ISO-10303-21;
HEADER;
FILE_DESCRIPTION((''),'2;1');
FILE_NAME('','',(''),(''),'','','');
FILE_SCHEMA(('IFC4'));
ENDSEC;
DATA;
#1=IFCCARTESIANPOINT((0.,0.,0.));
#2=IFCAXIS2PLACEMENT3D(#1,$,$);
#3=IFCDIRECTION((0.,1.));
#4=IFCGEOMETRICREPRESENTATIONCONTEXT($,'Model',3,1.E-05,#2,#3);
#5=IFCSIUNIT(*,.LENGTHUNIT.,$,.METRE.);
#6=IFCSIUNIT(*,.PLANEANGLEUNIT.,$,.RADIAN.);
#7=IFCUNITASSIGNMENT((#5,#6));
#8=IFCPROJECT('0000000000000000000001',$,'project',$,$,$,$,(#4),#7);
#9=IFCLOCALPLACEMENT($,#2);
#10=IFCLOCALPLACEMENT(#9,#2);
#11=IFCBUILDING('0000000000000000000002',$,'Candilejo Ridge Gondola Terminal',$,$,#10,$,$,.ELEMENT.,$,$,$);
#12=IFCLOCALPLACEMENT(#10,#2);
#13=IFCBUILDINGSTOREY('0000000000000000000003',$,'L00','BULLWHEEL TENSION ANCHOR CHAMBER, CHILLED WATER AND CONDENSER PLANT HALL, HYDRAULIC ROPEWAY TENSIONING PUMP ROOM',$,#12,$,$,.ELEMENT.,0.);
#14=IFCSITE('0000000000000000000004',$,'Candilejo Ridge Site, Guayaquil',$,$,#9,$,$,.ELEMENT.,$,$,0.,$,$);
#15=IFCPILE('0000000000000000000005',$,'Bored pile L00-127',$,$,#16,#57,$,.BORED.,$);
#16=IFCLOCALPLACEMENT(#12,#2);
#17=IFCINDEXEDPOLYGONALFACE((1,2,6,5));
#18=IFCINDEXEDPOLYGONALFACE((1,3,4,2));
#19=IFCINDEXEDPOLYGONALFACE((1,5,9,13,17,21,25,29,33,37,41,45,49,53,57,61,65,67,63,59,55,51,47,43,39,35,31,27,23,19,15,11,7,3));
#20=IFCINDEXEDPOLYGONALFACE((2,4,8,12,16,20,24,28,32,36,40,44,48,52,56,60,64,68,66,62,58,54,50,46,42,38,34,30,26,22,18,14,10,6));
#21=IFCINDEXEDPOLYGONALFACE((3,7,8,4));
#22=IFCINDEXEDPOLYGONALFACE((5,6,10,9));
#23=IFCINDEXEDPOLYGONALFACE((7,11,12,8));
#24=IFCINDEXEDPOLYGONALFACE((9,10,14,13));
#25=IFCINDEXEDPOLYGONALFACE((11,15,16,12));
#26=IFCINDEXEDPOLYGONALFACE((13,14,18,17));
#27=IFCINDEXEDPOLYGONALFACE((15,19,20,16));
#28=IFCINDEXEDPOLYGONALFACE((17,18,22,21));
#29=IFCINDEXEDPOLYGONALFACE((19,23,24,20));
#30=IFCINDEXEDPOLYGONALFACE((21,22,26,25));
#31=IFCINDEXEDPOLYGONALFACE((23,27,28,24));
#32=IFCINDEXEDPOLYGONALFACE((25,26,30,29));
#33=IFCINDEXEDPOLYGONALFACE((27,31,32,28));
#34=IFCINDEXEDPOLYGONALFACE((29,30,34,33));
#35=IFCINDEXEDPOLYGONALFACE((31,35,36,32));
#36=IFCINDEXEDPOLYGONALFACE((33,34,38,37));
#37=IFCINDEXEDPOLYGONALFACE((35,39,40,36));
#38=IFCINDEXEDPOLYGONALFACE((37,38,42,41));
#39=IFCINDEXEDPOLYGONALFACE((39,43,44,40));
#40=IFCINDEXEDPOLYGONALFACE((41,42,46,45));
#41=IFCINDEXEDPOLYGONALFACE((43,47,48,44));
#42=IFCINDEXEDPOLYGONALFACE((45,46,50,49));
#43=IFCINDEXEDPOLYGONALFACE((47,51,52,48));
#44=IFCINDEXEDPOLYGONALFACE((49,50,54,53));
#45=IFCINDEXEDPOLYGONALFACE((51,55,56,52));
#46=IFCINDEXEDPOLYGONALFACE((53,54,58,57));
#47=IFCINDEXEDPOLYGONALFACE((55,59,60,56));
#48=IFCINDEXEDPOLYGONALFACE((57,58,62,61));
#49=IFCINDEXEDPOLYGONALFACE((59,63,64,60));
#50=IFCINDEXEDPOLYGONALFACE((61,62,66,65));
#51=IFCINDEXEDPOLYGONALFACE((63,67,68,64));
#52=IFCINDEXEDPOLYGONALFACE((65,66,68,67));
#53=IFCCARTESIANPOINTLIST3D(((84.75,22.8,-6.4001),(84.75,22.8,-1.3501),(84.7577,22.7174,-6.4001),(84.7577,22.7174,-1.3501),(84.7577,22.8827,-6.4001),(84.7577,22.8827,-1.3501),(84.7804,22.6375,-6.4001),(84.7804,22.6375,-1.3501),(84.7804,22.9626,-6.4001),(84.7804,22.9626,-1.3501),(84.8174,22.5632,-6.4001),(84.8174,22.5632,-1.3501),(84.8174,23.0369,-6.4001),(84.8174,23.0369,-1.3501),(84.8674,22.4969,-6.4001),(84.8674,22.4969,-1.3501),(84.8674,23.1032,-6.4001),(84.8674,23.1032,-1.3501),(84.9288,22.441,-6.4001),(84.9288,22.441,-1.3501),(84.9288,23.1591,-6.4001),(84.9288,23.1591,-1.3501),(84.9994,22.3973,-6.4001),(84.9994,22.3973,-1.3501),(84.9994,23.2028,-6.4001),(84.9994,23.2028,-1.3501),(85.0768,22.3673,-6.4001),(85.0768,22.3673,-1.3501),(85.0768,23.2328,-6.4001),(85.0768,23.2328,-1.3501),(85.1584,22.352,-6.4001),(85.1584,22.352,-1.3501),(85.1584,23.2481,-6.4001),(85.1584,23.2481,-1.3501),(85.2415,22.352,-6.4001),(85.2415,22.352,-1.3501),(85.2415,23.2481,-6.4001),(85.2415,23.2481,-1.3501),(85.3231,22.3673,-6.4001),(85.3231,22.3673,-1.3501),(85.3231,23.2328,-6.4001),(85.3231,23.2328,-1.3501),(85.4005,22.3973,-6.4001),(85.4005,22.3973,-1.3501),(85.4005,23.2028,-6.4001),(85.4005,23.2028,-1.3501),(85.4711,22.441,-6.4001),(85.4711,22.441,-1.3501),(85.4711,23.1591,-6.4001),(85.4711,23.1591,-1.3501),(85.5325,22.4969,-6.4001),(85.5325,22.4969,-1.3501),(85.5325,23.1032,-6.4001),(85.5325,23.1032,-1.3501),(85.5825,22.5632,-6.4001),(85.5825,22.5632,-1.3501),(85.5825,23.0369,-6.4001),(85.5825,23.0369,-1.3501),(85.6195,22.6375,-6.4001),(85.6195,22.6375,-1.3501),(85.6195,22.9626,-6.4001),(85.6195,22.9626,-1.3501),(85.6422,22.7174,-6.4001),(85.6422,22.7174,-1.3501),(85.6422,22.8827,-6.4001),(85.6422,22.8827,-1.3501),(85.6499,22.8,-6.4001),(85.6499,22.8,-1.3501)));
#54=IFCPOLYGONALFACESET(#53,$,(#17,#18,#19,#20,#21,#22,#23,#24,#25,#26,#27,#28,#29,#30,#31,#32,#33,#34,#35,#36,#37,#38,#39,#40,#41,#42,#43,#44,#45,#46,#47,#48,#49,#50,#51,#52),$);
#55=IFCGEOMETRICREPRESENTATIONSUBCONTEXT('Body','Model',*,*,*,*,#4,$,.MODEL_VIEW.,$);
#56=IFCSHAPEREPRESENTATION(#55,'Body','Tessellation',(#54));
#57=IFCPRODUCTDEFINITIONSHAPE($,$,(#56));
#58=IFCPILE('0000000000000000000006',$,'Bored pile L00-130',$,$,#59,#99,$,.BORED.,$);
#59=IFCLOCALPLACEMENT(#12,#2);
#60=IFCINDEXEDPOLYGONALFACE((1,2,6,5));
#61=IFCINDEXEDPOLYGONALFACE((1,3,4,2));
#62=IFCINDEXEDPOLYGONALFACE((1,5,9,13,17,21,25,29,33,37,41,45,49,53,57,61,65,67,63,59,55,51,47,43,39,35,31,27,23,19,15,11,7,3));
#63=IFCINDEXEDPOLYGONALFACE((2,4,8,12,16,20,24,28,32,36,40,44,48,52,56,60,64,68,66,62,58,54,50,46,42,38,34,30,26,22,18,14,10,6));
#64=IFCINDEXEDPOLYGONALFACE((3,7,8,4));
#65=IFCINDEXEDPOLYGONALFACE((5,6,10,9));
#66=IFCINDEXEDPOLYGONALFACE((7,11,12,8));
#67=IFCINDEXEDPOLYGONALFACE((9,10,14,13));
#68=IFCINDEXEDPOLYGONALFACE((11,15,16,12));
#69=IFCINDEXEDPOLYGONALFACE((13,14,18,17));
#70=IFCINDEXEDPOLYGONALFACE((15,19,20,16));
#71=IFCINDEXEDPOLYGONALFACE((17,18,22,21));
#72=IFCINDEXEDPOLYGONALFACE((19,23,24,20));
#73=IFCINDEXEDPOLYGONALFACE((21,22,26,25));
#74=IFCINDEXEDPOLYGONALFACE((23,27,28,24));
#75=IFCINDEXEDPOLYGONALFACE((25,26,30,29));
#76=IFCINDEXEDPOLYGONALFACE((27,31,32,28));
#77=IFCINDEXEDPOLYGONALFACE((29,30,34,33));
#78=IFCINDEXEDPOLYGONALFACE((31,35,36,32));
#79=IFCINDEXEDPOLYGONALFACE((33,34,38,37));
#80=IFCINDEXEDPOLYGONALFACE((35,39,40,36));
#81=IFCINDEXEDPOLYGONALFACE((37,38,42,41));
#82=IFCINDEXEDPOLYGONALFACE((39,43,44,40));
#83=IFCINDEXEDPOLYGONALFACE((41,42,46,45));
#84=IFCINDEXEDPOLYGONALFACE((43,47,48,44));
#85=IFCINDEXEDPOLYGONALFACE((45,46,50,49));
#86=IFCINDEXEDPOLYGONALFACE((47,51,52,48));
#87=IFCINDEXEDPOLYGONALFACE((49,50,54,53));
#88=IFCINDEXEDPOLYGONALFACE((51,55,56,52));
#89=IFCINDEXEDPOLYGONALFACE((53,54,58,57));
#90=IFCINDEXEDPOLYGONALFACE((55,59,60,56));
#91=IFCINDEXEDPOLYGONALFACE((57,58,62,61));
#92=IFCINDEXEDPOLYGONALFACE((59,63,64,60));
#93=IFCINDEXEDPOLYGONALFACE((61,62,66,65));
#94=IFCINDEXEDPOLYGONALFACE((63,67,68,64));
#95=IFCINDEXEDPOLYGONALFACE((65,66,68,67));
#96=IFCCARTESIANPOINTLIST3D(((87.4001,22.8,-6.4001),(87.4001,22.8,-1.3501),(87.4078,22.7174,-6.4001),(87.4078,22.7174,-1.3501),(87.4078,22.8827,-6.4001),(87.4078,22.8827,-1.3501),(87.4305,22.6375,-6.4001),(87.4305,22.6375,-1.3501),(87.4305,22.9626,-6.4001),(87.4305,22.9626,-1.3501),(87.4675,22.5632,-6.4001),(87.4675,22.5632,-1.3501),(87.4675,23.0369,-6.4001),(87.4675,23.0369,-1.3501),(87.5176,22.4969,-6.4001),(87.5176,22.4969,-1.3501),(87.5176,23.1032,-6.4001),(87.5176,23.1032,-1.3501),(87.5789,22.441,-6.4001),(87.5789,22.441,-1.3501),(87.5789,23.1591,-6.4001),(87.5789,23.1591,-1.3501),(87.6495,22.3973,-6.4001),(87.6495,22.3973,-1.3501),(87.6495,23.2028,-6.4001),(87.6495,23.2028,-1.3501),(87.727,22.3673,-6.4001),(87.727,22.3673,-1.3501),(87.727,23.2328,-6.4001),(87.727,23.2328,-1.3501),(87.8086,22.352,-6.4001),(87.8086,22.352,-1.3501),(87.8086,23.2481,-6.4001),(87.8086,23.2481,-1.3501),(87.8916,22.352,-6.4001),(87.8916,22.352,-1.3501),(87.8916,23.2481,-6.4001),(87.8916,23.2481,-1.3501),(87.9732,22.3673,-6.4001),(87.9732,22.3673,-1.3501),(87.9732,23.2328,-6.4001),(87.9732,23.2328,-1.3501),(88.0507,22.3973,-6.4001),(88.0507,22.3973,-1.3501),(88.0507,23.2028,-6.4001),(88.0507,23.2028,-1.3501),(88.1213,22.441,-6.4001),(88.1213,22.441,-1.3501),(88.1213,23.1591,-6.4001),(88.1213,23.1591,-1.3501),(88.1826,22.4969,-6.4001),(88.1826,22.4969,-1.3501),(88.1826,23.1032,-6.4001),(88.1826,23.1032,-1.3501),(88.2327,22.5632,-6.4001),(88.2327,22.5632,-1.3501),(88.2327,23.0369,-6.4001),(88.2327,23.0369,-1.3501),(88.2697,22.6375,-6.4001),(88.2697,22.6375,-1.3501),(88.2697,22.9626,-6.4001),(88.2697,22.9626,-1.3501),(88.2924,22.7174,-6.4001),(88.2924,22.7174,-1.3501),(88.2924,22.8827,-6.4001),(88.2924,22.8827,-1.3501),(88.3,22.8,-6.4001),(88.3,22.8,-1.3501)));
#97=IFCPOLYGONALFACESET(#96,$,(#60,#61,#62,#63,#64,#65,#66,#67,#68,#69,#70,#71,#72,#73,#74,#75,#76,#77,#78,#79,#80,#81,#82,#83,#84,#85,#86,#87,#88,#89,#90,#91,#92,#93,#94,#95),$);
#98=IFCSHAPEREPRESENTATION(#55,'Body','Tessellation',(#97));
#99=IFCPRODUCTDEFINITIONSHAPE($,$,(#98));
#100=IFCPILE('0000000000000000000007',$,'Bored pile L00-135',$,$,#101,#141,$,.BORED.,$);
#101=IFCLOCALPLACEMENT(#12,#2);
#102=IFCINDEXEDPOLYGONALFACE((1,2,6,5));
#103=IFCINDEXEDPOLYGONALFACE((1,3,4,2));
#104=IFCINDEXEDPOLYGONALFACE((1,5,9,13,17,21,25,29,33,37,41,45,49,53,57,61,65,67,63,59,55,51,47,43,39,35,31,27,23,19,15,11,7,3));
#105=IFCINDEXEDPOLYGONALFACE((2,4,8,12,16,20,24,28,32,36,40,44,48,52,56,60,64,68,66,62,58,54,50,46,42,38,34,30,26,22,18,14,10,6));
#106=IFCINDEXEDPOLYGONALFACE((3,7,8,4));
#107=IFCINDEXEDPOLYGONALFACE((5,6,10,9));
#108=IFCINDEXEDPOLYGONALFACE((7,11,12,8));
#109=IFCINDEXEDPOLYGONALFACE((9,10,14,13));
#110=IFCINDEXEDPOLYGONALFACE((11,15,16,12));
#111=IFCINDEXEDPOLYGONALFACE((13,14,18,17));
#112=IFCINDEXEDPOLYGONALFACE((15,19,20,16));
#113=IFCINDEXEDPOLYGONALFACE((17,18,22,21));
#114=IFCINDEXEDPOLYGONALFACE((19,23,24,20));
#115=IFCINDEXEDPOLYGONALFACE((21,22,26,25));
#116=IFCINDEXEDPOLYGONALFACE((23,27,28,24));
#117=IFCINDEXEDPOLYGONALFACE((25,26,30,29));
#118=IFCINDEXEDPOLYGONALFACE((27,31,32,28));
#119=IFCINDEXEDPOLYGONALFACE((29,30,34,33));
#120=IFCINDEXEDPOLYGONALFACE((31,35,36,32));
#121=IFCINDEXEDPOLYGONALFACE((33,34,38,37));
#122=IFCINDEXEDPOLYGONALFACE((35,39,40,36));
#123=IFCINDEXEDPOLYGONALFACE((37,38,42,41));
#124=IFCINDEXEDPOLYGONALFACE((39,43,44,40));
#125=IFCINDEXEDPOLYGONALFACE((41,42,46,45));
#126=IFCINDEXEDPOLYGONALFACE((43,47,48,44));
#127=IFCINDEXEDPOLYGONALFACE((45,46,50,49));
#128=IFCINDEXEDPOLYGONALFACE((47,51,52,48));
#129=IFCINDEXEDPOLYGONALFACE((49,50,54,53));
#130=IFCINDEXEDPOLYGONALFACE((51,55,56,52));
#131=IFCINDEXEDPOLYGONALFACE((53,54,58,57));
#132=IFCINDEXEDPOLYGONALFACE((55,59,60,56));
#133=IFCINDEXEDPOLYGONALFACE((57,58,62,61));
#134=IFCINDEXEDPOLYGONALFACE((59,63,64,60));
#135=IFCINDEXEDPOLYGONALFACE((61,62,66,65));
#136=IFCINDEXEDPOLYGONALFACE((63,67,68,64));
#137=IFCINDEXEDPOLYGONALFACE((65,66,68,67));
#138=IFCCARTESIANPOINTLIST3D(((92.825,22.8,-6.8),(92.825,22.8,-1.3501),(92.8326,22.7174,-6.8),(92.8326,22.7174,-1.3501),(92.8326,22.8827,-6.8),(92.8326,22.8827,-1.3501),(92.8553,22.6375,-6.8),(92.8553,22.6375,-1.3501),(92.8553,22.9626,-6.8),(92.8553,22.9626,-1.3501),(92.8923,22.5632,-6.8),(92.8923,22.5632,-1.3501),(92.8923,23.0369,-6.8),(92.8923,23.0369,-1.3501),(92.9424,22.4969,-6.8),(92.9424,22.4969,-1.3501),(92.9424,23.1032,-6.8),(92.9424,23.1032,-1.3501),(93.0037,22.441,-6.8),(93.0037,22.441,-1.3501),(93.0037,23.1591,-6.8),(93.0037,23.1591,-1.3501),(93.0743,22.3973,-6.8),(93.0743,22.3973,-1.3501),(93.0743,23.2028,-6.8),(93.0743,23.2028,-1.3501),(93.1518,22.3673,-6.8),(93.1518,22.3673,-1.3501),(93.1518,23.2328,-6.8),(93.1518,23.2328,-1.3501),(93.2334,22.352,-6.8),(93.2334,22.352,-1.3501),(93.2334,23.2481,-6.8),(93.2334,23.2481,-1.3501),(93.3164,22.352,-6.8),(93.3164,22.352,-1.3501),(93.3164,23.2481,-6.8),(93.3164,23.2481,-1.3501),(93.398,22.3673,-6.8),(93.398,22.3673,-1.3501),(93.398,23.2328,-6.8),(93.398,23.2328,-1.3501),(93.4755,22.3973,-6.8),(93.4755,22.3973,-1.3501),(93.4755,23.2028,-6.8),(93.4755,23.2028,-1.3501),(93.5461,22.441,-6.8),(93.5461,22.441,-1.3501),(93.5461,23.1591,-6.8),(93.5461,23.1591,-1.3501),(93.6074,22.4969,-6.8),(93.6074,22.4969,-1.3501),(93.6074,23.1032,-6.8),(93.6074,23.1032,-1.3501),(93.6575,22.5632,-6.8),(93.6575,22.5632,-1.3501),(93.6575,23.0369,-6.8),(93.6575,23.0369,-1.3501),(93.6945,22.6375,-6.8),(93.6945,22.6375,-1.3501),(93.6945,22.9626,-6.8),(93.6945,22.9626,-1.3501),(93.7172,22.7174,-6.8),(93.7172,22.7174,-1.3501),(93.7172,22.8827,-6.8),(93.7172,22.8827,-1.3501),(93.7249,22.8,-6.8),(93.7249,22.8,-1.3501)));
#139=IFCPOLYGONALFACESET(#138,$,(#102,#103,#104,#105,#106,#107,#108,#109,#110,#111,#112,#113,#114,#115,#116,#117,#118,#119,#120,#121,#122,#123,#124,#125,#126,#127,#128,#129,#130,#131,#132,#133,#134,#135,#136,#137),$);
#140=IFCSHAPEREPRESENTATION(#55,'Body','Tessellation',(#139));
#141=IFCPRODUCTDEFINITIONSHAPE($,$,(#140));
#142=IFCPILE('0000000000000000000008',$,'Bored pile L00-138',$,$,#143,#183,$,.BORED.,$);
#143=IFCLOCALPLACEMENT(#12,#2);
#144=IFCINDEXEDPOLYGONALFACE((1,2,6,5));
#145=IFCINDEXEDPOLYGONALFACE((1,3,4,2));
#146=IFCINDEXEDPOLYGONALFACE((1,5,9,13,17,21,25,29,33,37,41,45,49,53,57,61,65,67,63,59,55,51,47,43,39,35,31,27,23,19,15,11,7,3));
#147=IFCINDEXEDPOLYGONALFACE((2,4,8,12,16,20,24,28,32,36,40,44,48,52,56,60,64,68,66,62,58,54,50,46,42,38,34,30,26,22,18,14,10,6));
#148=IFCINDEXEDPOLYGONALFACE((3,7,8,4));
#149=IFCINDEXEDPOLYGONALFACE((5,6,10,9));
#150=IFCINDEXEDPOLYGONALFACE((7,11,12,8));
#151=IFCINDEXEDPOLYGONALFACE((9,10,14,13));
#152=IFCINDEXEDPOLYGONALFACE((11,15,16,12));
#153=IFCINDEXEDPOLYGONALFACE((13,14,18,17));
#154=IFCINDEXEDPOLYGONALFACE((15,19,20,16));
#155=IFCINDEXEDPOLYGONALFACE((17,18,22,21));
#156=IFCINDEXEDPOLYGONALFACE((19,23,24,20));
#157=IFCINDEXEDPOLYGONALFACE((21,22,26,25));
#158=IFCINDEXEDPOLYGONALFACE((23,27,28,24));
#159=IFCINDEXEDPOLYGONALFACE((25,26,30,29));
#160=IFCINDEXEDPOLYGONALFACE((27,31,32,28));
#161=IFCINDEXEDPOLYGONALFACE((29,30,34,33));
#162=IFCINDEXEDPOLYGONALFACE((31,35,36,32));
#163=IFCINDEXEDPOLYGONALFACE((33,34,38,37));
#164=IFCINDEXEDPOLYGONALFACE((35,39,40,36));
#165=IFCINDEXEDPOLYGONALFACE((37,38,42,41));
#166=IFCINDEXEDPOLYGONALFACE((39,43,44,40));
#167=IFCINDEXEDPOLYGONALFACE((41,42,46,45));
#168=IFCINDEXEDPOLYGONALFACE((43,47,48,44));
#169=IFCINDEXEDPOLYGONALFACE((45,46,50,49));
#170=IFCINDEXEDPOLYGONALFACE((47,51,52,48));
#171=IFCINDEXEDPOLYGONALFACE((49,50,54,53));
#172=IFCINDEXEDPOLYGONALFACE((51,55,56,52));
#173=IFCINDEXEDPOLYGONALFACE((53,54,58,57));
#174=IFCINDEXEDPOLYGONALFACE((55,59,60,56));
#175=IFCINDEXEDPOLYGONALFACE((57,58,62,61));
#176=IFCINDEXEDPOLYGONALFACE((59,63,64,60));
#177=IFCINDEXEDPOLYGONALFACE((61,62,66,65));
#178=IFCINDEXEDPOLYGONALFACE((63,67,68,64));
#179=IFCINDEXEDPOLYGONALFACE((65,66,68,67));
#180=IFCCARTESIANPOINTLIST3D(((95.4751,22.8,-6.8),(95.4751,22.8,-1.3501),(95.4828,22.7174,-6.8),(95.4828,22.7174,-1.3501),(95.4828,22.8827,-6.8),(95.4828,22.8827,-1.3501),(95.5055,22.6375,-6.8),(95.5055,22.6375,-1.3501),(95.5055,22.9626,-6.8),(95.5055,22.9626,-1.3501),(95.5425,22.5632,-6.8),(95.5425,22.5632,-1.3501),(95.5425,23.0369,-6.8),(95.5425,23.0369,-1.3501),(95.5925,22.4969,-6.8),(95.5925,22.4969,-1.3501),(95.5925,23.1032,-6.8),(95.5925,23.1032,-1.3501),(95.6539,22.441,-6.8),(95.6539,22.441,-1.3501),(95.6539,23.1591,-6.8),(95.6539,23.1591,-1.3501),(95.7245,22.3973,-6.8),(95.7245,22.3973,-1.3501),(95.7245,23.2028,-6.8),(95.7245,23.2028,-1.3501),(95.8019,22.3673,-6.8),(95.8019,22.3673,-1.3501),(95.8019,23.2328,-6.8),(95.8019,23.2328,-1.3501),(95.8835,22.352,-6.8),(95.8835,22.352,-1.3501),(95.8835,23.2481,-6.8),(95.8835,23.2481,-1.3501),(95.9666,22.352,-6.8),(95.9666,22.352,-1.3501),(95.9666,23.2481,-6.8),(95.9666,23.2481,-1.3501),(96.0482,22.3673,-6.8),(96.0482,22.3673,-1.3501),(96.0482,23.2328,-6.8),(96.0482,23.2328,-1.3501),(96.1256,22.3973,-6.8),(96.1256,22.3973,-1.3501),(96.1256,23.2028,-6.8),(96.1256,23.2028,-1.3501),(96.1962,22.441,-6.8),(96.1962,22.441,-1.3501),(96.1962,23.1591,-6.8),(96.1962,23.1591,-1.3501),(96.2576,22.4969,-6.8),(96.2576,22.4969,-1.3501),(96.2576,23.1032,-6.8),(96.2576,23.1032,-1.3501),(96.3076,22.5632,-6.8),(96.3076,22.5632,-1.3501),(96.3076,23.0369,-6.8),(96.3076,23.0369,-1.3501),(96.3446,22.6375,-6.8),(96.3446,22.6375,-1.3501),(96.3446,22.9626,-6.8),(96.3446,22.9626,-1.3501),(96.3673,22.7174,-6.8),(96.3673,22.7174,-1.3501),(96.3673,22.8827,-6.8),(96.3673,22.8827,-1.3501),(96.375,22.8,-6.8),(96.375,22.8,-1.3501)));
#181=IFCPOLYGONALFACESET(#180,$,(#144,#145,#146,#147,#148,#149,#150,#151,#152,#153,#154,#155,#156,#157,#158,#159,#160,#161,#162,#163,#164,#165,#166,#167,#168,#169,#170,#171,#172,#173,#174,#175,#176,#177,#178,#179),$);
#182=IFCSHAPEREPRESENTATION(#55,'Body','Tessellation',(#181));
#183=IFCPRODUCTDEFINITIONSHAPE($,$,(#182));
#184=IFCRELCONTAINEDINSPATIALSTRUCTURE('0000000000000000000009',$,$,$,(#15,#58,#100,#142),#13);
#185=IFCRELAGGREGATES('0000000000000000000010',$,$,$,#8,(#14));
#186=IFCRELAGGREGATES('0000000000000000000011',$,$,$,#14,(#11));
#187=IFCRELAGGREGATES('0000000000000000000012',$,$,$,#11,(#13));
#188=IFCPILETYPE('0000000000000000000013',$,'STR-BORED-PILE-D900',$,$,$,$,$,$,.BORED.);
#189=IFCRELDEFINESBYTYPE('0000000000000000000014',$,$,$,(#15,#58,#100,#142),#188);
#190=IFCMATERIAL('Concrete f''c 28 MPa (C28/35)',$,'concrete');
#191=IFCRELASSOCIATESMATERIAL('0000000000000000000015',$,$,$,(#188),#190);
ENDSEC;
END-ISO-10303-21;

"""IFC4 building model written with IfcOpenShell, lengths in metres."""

from ifc_helpers import new_model, si_unit, direction, frame, origin, origin_2d, place, context, subcontext, project, spatial, circle, extrude, material, material_profile, profile_set, type_object, element, save


model = new_model("IFC4")

# Units and contexts
model_context = context("Model", 3, precision=1e-05, world=origin(), true_north=direction((0.0, 1.0)))
body_context = subcontext(model_context, "Body", "Model", "MODEL_VIEW")
ifc_project = project(units=[si_unit("LENGTHUNIT", "METRE"), si_unit("PLANEANGLEUNIT", "RADIAN")], contexts=[model_context])

# Site, building, storey
site_placement = place(None, origin())
site = spatial("IfcSite", under=ifc_project, at=site_placement, Name="Candilejo Ridge Site, Guayaquil", CompositionType="ELEMENT", RefElevation=0.0)
building_placement = place(site_placement, origin())
building = spatial("IfcBuilding", under=site, at=building_placement, Name="Candilejo Ridge Gondola Terminal", CompositionType="ELEMENT")
storey_placement = place(building_placement, origin())
storey = spatial("IfcBuildingStorey", under=building, at=storey_placement, Name="L00", Description="BULLWHEEL TENSION ANCHOR CHAMBER, CHILLED WATER AND CONDENSER PLANT HALL, HYDRAULIC ROPEWAY TENSIONING PUMP ROOM", CompositionType="ELEMENT", Elevation=0.0)

# Piles
ifc_material_1 = material(Name="Concrete f'c 28 MPa (C28/35)", Category="concrete")
ifc_material_profile_1 = material_profile(ifc_material_1, circle(Radius=0.45, at=origin_2d()))
ifc_profile_set_1 = profile_set([ifc_material_profile_1], Name="Concrete f'c 28 MPa (C28/35)")
pile_type = type_object("IfcPileType", Name="STR-BORED-PILE-D900", PredefinedType="BORED", material=ifc_profile_set_1)
for number, where, z_axis, x_axis, name in (
    (1, (85.2, 22.8, -1.3501), (0.0, 0.0, -1.0), (1.0, 0.0, 0.0), "Bored pile L00-127"),
    (2, (87.8501, 22.8, -1.3501), (0.0, 0.0, -1.0), (1.0, 0.0, 0.0), "Bored pile L00-130"),
):
    element("IfcPile", number, at=place(storey_placement, frame(where, z_axis=z_axis, x_axis=x_axis)), inside=storey, type_object=pile_type, Name=name, PredefinedType="BORED", context=body_context, shape_type="SweptSolid", body=[
        extrude(circle(Radius=0.45, at=origin_2d()), origin(), (0.0, 0.0, 1.0), 5.05),
    ])
for number, where, z_axis, x_axis, name in (
    (3, (93.2749, 22.8, -1.3501), (0.0, 0.0, -1.0), (1.0, 0.0, 0.0), "Bored pile L00-135"),
    (4, (95.925, 22.8, -1.3501), (0.0, 0.0, -1.0), (1.0, 0.0, 0.0), "Bored pile L00-138"),
):
    element("IfcPile", number, at=place(storey_placement, frame(where, z_axis=z_axis, x_axis=x_axis)), inside=storey, type_object=pile_type, Name=name, PredefinedType="BORED", context=body_context, shape_type="SweptSolid", body=[
        extrude(circle(Radius=0.45, at=origin_2d()), origin(), (0.0, 0.0, 1.0), 5.45),
    ])

save(model, "model.ifc")
